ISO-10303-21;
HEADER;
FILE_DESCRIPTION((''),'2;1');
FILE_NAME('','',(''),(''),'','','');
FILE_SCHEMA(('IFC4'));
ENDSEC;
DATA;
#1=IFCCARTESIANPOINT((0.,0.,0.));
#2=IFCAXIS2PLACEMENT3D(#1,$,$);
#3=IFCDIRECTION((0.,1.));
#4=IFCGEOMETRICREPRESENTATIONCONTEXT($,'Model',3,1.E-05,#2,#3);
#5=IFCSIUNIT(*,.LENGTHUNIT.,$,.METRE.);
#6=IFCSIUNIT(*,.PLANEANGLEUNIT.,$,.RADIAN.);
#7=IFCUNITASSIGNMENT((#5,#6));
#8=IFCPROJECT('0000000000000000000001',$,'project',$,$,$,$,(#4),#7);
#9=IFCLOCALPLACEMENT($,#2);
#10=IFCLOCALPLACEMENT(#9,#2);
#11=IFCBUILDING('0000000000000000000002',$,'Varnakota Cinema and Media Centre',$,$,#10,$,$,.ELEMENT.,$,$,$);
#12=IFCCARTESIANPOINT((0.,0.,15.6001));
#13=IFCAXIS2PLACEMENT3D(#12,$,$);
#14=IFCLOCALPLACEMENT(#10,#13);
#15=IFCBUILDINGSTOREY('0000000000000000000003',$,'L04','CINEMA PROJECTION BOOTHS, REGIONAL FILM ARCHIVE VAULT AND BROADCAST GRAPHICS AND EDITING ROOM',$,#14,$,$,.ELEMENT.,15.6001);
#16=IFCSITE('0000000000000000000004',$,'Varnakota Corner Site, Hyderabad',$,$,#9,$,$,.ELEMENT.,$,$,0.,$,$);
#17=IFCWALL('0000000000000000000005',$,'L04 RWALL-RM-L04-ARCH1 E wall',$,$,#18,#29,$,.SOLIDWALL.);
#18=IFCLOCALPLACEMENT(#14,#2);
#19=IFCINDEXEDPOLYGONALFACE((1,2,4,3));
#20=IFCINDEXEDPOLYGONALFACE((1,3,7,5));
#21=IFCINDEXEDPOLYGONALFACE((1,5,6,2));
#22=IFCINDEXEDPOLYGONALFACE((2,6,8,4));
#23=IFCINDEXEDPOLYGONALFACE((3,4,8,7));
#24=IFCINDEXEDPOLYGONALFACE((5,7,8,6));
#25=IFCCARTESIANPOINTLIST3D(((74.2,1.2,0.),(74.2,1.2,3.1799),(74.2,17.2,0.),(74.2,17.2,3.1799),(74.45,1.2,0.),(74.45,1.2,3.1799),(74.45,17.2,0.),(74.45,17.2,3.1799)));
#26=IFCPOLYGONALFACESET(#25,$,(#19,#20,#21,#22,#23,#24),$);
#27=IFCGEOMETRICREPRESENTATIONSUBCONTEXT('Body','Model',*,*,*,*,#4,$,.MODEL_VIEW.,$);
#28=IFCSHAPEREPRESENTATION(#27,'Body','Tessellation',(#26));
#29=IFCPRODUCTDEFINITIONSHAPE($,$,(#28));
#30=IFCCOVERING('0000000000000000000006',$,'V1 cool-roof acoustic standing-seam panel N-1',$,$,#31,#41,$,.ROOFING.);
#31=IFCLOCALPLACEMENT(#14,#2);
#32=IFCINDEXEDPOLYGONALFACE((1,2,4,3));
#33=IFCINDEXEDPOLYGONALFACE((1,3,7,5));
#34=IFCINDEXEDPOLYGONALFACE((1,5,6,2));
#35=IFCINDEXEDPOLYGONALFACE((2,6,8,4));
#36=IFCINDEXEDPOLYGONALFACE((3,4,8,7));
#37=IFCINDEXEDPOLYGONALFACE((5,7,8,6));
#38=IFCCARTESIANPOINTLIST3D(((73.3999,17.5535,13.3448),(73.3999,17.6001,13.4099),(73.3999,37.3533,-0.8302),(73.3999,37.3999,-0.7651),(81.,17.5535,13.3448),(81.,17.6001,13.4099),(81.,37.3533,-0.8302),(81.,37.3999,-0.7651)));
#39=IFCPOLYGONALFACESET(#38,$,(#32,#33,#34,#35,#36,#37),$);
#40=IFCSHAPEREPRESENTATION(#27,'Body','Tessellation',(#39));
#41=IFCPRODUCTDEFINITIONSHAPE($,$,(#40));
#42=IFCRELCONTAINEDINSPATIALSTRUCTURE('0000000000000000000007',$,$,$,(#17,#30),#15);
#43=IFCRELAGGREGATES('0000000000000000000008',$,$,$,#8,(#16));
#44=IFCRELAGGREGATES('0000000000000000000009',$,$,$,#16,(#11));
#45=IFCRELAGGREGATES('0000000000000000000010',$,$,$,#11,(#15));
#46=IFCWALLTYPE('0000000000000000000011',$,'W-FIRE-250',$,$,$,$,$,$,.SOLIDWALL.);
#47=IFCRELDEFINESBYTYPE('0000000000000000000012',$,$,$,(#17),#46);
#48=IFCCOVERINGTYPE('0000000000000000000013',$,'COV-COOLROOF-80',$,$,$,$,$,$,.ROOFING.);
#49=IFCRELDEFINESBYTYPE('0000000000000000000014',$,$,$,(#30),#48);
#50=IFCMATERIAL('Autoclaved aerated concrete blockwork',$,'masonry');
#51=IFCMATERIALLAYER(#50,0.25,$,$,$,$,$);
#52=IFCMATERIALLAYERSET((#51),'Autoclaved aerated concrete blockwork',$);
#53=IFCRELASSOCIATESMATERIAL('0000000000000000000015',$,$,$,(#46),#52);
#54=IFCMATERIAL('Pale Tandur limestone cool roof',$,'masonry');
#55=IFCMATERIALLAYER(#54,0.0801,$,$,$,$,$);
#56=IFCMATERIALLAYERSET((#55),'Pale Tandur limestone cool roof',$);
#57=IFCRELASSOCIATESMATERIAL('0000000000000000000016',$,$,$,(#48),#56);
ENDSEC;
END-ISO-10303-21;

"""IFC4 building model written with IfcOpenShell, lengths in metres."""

from ifc_helpers import new_model, si_unit, direction, frame, frame_2d, origin, place, context, subcontext, project, spatial, polyline, rectangle, outline, extrude, material, layer, layer_set, type_object, element, save


model = new_model("IFC4")

# Units and contexts
model_context = context("Model", 3, precision=1e-05, world=origin(), true_north=direction((0.0, 1.0)))
body_context = subcontext(model_context, "Body", "Model", "MODEL_VIEW")
ifc_project = project(units=[si_unit("LENGTHUNIT", "METRE"), si_unit("PLANEANGLEUNIT", "RADIAN")], contexts=[model_context])

# Site, building, storey
site_placement = place(None, origin())
site = spatial("IfcSite", under=ifc_project, at=site_placement, Name="Varnakota Corner Site, Hyderabad", CompositionType="ELEMENT", RefElevation=0.0)
building_placement = place(site_placement, origin())
building = spatial("IfcBuilding", under=site, at=building_placement, Name="Varnakota Cinema and Media Centre", CompositionType="ELEMENT")
storey_placement = place(building_placement, frame((0.0, 0.0, 15.6001)))
storey = spatial("IfcBuildingStorey", under=building, at=storey_placement, Name="L04", Description="CINEMA PROJECTION BOOTHS, REGIONAL FILM ARCHIVE VAULT AND BROADCAST GRAPHICS AND EDITING ROOM", CompositionType="ELEMENT", Elevation=15.6001)

# Wall
ifc_material_1 = material(Name="Autoclaved aerated concrete blockwork", Category="masonry")
ifc_layer_1 = layer(ifc_material_1, 0.25)
ifc_layer_set_1 = layer_set([ifc_layer_1], Name="Autoclaved aerated concrete blockwork")
wall_type_1 = type_object("IfcWallType", Name="W-FIRE-250", PredefinedType="SOLIDWALL", material=ifc_layer_set_1)
wall_1_placement = place(storey_placement, frame((74.325, 17.2, 0.0), z_axis=(0.0, 0.0, 1.0), x_axis=(0.0, -1.0, 0.0)))
element("IfcWall", 1, at=wall_1_placement, inside=storey, type_object=wall_type_1, Name="L04 RWALL-RM-L04-ARCH1 E wall", PredefinedType="SOLIDWALL", context=body_context, shape_type="SweptSolid", body=[
    extrude(rectangle(XDim=16.0, YDim=0.25, at=frame_2d((8.0, 0.0))), origin(), (0.0, 0.0, 1.0), 3.1799),
])

# Covering
ifc_material_2 = material(Name="Pale Tandur limestone cool roof", Category="masonry")
ifc_layer_2 = layer(ifc_material_2, 0.0801)
ifc_layer_set_2 = layer_set([ifc_layer_2], Name="Pale Tandur limestone cool roof")
covering_type = type_object("IfcCoveringType", Name="COV-COOLROOF-80", PredefinedType="ROOFING", material=ifc_layer_set_2)
covering_placement = place(storey_placement, frame((73.3999, 17.6001, 13.4099), z_axis=(0.0, 0.582117, 0.813105), x_axis=(1.0, 0.0, 0.0)))
element("IfcCovering", 2, at=covering_placement, inside=storey, type_object=covering_type, Name="V1 cool-roof acoustic standing-seam panel N-1", PredefinedType="ROOFING", context=body_context, shape_type="SweptSolid", body=[
    extrude(outline(polyline([(0.0, 0.0), (7.6001, 0.0), (7.6001, 24.3509), (0.0, 24.3509), (0.0, 0.0)])), origin(), (0.0, 0.0, -1.0), 0.0801),
])

save(model, "model.ifc")
